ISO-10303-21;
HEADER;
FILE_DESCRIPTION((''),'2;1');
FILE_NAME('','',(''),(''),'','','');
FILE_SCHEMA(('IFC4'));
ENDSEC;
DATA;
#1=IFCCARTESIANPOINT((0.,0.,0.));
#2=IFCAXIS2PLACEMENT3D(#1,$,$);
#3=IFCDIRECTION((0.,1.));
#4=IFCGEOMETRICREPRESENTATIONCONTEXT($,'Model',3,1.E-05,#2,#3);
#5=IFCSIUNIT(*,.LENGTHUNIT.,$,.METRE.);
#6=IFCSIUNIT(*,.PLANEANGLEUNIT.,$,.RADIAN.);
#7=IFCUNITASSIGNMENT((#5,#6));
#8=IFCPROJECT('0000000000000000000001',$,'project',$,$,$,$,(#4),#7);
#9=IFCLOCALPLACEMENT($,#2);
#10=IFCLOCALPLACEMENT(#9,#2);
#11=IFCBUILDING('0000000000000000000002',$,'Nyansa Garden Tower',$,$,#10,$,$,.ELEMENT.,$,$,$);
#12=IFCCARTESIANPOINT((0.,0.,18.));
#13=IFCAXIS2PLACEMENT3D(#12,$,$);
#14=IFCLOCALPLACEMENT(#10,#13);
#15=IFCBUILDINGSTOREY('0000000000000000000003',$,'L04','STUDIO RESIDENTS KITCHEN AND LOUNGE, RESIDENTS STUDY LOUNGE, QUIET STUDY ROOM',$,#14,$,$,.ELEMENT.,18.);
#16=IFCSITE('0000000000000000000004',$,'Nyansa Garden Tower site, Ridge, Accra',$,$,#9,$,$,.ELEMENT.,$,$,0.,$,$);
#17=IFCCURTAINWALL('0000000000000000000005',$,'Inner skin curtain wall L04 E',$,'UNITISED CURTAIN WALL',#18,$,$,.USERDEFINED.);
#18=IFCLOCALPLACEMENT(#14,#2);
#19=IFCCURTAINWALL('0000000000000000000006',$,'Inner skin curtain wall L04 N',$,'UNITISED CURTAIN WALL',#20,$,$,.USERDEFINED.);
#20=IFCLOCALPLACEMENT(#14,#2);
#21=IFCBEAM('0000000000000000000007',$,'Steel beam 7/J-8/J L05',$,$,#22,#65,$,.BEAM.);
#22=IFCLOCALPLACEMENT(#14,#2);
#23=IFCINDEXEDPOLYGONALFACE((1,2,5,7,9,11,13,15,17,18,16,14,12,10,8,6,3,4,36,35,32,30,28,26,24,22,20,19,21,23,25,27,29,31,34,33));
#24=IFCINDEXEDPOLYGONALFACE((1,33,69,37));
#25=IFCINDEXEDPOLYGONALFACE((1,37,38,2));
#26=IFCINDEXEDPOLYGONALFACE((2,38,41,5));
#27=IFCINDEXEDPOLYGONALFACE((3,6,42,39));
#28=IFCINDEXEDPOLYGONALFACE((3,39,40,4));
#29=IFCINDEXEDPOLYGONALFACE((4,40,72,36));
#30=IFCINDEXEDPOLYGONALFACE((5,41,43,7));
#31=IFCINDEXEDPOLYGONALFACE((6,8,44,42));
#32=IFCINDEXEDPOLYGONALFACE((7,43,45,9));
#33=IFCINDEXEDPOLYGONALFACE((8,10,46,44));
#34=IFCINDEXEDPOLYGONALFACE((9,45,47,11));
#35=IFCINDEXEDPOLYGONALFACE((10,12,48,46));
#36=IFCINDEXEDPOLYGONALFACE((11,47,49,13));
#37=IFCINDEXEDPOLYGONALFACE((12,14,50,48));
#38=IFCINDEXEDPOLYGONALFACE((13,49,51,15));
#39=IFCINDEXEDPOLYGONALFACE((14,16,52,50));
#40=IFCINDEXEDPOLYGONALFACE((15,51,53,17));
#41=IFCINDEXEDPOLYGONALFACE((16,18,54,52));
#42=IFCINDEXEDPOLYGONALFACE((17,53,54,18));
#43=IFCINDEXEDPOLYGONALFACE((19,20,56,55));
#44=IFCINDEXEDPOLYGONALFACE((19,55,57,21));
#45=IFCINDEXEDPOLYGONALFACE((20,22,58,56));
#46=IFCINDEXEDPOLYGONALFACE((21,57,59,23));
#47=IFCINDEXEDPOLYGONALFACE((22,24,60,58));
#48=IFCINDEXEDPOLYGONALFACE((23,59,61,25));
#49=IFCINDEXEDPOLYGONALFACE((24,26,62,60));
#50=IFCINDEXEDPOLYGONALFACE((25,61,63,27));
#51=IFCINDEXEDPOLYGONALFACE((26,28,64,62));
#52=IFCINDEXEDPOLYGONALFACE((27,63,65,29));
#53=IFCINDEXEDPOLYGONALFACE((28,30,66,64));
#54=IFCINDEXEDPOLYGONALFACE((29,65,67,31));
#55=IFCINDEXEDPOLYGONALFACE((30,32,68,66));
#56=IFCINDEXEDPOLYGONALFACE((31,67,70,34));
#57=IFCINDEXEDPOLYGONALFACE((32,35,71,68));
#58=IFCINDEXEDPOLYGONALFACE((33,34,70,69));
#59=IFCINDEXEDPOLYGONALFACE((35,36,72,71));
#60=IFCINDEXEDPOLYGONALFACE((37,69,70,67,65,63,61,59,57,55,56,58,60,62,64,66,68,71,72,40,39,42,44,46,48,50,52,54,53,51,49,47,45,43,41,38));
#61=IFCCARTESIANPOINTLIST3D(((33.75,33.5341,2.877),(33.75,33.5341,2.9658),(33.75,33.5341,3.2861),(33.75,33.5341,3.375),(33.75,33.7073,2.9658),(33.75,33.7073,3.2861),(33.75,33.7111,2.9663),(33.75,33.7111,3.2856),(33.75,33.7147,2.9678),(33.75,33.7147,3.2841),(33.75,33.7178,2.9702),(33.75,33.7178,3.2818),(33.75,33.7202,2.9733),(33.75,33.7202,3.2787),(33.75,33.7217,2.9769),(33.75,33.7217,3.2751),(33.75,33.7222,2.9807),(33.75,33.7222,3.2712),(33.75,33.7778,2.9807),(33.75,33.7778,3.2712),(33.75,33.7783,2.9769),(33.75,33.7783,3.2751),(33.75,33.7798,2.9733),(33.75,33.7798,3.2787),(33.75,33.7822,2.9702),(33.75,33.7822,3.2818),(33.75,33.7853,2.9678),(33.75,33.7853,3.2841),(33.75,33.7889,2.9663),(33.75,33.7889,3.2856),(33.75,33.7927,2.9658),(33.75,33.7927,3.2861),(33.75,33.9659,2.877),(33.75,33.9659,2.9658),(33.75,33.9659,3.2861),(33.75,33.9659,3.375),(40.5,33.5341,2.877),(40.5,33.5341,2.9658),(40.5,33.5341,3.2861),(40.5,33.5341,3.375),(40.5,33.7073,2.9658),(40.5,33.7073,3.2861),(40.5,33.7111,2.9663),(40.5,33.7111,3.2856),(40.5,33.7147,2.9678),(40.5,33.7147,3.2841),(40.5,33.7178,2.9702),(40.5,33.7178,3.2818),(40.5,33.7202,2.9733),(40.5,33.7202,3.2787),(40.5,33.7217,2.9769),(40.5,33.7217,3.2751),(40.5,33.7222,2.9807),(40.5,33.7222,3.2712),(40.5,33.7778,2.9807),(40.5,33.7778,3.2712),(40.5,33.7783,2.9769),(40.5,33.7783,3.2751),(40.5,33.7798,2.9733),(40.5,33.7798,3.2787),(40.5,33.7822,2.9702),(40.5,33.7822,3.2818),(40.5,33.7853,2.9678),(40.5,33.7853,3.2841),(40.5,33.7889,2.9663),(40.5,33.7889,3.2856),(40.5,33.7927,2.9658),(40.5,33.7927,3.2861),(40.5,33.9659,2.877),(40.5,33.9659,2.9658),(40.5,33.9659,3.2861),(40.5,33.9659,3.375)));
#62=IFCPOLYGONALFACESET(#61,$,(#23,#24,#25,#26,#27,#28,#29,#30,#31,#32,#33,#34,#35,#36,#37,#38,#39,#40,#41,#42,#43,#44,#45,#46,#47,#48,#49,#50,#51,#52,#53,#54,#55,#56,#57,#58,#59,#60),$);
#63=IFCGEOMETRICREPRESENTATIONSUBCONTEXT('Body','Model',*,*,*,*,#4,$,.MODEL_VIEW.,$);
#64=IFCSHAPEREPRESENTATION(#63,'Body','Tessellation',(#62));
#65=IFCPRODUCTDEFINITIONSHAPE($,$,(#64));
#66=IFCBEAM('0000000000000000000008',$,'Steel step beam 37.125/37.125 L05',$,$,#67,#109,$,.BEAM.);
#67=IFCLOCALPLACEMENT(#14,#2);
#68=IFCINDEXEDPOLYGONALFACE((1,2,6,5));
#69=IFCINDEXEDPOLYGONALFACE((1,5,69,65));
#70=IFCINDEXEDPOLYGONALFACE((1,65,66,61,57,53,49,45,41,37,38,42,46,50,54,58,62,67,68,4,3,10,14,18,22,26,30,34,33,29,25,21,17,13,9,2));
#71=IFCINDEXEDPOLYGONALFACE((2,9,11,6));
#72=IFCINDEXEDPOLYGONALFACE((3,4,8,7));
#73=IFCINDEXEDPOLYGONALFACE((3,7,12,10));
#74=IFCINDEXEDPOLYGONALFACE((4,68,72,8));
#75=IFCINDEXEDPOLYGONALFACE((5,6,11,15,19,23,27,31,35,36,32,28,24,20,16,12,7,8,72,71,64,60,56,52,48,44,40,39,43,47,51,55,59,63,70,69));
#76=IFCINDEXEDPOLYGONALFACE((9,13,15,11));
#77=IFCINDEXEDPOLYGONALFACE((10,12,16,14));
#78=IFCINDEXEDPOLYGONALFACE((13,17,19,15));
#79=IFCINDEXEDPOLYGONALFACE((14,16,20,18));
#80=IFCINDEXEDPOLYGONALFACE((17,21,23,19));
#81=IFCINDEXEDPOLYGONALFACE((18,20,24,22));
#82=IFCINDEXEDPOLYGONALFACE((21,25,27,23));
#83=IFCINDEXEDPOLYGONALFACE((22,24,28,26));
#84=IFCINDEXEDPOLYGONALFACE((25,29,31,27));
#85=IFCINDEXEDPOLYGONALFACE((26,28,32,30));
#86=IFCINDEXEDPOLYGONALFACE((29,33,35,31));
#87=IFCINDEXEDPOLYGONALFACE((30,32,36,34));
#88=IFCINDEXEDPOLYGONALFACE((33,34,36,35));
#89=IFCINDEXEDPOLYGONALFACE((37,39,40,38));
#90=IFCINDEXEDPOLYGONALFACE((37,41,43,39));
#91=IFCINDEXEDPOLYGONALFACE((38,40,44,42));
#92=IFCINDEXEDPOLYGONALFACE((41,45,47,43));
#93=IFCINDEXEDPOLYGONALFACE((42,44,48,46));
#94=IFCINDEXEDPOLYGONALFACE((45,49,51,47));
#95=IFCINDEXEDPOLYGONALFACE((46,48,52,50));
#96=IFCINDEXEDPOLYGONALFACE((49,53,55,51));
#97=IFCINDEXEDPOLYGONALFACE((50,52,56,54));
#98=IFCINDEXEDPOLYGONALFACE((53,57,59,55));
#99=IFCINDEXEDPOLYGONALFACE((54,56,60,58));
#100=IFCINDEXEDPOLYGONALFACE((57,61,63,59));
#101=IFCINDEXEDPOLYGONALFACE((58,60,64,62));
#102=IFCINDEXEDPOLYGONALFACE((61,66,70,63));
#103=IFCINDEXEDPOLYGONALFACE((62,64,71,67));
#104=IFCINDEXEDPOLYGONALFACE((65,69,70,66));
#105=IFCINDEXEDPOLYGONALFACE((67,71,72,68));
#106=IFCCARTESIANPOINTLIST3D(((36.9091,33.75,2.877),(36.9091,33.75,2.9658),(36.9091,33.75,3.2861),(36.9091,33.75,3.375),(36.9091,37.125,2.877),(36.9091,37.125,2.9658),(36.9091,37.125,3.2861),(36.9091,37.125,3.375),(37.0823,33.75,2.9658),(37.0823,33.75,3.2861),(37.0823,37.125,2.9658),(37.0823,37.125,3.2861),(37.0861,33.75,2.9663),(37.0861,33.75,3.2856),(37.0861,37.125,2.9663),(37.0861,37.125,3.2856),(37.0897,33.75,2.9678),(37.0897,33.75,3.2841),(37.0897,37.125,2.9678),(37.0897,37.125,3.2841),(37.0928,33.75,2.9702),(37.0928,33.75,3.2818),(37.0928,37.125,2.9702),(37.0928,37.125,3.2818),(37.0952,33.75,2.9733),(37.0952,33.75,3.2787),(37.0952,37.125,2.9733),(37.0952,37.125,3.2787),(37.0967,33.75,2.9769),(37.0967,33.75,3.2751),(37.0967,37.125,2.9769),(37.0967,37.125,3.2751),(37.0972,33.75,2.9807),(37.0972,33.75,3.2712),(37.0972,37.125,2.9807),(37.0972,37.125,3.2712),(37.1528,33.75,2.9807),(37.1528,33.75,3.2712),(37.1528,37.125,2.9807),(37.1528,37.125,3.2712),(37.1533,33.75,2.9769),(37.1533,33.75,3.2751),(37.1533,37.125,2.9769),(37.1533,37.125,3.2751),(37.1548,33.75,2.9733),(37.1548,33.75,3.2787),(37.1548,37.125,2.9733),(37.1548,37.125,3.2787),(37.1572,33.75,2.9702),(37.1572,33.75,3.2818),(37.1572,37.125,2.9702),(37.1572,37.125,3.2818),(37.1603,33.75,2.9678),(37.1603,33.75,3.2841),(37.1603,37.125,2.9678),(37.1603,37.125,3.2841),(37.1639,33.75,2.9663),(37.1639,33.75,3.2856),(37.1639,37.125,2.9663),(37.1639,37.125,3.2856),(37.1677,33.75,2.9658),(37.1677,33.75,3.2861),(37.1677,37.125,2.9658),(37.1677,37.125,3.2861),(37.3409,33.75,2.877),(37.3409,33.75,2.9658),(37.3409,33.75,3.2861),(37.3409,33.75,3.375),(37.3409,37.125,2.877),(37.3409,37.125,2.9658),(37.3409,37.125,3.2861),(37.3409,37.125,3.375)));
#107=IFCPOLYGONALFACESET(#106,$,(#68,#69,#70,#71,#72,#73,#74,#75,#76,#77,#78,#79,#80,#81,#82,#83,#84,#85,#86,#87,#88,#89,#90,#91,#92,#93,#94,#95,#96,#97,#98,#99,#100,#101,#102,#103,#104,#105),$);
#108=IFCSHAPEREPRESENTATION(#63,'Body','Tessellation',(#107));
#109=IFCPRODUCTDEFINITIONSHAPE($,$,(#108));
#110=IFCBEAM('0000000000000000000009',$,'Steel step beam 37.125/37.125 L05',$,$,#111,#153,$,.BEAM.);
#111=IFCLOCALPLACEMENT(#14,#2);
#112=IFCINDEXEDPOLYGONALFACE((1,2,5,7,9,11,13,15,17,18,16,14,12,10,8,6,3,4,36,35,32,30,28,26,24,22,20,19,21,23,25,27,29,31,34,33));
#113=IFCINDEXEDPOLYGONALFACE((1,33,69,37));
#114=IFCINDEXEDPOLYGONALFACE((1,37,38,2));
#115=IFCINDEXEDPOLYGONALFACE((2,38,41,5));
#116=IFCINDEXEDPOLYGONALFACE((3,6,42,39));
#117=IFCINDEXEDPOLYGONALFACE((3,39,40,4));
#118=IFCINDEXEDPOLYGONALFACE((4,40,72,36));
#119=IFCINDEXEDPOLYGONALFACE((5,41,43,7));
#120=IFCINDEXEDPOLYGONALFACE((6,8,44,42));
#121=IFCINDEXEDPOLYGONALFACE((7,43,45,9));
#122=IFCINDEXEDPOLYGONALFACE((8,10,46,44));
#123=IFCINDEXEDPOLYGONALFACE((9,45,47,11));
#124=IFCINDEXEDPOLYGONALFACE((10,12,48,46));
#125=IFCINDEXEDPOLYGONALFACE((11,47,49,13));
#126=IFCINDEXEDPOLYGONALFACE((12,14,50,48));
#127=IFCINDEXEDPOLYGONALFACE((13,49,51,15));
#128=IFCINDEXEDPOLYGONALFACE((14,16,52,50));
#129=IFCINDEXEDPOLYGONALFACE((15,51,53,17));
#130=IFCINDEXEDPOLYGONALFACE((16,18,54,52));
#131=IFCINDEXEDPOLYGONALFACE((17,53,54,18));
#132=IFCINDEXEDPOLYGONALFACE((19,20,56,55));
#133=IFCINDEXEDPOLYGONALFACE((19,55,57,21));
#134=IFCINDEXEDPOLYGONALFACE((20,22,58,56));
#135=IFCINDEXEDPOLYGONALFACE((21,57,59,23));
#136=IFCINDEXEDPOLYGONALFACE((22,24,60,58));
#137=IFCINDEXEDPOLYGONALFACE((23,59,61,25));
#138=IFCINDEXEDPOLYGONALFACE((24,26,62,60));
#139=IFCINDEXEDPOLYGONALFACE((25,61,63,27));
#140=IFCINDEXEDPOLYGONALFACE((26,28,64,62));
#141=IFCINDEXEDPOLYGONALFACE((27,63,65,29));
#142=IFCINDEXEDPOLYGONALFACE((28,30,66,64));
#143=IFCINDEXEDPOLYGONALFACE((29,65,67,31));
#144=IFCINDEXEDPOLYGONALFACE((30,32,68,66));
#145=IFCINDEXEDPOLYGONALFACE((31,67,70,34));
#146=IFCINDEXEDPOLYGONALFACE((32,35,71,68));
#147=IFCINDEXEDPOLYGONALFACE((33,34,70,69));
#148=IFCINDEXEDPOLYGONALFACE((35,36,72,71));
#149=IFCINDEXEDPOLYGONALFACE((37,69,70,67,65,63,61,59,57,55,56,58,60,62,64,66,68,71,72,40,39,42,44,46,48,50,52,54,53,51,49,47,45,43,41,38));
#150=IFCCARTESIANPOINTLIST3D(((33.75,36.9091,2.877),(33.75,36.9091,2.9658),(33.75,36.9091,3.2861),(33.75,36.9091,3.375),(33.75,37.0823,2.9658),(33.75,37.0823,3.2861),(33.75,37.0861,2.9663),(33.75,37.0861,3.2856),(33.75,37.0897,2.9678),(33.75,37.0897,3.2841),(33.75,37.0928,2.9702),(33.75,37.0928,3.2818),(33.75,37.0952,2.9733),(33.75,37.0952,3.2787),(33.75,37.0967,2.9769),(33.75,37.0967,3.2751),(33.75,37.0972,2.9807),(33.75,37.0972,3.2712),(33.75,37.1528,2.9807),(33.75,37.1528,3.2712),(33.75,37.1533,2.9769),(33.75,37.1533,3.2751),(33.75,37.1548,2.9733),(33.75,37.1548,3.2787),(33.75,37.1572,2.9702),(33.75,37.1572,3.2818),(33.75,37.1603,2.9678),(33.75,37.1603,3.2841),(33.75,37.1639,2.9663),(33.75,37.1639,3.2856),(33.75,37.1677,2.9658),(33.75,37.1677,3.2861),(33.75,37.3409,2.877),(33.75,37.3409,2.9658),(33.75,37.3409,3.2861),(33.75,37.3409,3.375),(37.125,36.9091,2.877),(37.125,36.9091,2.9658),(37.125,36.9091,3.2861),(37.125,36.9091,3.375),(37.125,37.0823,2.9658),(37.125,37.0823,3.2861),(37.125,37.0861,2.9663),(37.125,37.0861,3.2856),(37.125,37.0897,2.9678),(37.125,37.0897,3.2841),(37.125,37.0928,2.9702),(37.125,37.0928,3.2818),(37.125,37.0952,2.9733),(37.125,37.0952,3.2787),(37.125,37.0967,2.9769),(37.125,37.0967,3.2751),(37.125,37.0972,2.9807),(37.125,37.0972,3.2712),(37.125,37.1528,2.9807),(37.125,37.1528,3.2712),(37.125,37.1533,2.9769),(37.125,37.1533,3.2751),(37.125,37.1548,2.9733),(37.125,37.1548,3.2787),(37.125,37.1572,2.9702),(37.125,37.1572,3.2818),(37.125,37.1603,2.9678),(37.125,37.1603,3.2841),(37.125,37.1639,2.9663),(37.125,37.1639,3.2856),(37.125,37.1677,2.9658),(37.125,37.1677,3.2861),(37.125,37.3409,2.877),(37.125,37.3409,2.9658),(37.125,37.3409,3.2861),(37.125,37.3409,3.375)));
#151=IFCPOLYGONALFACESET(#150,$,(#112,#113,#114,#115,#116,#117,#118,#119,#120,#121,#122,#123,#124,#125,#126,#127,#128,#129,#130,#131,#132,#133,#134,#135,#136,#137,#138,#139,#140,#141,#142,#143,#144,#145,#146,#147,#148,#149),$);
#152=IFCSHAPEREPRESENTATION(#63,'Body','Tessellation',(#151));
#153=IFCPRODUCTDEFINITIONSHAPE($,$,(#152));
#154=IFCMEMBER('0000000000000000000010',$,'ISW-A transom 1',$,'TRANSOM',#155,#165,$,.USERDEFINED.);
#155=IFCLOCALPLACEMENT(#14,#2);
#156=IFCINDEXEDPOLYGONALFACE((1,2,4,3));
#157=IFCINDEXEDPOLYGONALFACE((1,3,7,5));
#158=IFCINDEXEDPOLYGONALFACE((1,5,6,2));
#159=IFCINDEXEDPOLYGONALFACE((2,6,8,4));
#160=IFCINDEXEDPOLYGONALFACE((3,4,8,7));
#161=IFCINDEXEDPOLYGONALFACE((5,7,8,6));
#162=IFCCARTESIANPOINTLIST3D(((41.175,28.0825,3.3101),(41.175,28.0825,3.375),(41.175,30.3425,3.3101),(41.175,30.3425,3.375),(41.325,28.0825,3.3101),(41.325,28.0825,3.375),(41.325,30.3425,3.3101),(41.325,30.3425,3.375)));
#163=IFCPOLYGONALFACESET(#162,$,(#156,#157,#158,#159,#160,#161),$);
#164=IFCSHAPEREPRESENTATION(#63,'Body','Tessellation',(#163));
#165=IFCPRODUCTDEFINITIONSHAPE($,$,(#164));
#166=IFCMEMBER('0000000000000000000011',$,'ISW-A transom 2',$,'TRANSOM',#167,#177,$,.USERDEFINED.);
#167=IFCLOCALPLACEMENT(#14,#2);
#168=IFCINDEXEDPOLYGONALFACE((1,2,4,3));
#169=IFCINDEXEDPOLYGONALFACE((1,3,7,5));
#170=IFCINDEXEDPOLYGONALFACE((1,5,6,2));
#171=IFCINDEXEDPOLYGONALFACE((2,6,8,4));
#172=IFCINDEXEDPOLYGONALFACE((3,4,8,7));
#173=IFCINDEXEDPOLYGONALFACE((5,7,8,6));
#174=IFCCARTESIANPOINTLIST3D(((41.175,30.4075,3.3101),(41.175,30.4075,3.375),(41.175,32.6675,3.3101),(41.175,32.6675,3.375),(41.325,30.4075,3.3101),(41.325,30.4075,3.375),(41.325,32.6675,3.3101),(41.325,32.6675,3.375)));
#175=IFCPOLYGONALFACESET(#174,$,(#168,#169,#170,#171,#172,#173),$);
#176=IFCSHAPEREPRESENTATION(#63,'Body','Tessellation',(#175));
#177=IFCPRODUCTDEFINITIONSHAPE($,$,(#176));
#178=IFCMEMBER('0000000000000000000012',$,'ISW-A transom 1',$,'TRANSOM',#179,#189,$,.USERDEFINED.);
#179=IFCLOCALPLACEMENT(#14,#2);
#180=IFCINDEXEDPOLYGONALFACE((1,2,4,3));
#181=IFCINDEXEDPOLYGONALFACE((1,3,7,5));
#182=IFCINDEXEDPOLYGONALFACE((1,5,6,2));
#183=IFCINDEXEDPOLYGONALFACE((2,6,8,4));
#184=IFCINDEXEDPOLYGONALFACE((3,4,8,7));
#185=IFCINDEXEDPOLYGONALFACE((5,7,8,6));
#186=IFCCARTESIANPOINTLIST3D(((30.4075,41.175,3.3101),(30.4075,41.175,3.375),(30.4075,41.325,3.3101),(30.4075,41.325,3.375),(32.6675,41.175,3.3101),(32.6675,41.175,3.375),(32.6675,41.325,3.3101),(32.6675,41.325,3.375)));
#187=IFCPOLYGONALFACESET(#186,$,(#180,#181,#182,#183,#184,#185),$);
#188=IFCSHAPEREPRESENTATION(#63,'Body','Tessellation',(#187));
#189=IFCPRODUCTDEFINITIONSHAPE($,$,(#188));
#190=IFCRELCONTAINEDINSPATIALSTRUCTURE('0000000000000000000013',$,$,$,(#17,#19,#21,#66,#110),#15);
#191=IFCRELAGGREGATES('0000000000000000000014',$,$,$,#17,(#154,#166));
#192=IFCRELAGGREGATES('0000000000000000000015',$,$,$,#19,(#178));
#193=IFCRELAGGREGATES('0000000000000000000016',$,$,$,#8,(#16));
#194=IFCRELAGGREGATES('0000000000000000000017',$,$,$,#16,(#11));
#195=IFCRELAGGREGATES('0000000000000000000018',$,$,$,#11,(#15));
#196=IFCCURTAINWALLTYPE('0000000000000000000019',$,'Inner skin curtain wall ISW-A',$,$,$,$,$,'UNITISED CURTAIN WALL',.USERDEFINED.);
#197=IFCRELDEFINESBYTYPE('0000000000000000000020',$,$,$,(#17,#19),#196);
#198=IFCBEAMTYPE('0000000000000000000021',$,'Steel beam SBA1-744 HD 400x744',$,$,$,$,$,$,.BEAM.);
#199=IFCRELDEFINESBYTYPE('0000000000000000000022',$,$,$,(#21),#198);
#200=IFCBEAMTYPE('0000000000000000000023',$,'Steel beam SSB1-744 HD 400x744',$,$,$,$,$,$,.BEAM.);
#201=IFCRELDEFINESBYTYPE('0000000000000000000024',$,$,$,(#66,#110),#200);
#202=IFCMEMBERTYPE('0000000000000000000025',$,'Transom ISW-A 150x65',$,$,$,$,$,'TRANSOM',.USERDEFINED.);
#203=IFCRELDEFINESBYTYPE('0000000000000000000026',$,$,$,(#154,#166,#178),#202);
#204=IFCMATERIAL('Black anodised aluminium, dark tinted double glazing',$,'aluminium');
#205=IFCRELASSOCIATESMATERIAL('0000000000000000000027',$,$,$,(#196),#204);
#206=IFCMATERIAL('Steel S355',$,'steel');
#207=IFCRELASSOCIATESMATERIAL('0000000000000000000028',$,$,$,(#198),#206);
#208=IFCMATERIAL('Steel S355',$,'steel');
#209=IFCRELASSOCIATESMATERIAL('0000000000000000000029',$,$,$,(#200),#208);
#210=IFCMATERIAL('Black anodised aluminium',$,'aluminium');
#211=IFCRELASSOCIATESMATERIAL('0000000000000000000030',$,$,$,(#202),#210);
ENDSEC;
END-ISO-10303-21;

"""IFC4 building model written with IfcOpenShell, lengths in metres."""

from ifc_helpers import new_model, si_unit, direction, frame, origin, origin_2d, place, context, subcontext, project, spatial, rectangle, i_section, extrude, material, material_profile, profile_set, type_object, element, aggregate, save


model = new_model("IFC4")

# Units and contexts
model_context = context("Model", 3, precision=1e-05, world=origin(), true_north=direction((0.0, 1.0)))
body_context = subcontext(model_context, "Body", "Model", "MODEL_VIEW")
ifc_project = project(units=[si_unit("LENGTHUNIT", "METRE"), si_unit("PLANEANGLEUNIT", "RADIAN")], contexts=[model_context])

# Site, building, storey
site_placement = place(None, origin())
site = spatial("IfcSite", under=ifc_project, at=site_placement, Name="Nyansa Garden Tower site, Ridge, Accra", CompositionType="ELEMENT", RefElevation=0.0)
building_placement = place(site_placement, origin())
building = spatial("IfcBuilding", under=site, at=building_placement, Name="Nyansa Garden Tower", CompositionType="ELEMENT")
storey_placement = place(building_placement, frame((0.0, 0.0, 18.0)))
storey = spatial("IfcBuildingStorey", under=building, at=storey_placement, Name="L04", Description="STUDIO RESIDENTS KITCHEN AND LOUNGE, RESIDENTS STUDY LOUNGE, QUIET STUDY ROOM", CompositionType="ELEMENT", Elevation=18.0)

# Curtain wall
ifc_material_1 = material(Name="Black anodised aluminium, dark tinted double glazing", Category="aluminium")
curtain_wall_type = type_object("IfcCurtainWallType", Name="Inner skin curtain wall ISW-A", ElementType="UNITISED CURTAIN WALL", PredefinedType="USERDEFINED", material=ifc_material_1)
curtain_wall_1_placement = place(storey_placement, origin())
curtain_wall_1 = element("IfcCurtainWall", 1, at=curtain_wall_1_placement, inside=storey, type_object=curtain_wall_type, Name="Inner skin curtain wall L04 E", ObjectType="UNITISED CURTAIN WALL", PredefinedType="USERDEFINED")

# Curtain wall
curtain_wall_2_placement = place(storey_placement, origin())
curtain_wall_2 = element("IfcCurtainWall", 2, at=curtain_wall_2_placement, inside=storey, type_object=curtain_wall_type, Name="Inner skin curtain wall L04 N", ObjectType="UNITISED CURTAIN WALL", PredefinedType="USERDEFINED")

# Beams
ifc_material_2 = material(Name="Steel S355", Category="steel")
ifc_material_profile_1 = material_profile(ifc_material_2, i_section(OverallWidth=0.4319, OverallDepth=0.498, WebThickness=0.0557, FlangeThickness=0.0889, FilletRadius=0.0149, at=origin_2d()), Name="HD 400x744")
ifc_profile_set_1 = profile_set([ifc_material_profile_1], Name="Steel S355")
beam_type_1 = type_object("IfcBeamType", Name="Steel beam SBA1-744 HD 400x744", PredefinedType="BEAM", material=ifc_profile_set_1)
for number, where, z_axis, x_axis, name in (
    (3, (33.75, 33.75, 3.126), (1.0, 0.0, 0.0), (0.0, 1.0, 0.0), "Steel beam 7/J-8/J L05"),
):
    element("IfcBeam", number, at=place(storey_placement, frame(where, z_axis=z_axis, x_axis=x_axis)), inside=storey, type_object=beam_type_1, Name=name, PredefinedType="BEAM", context=body_context, shape_type="SweptSolid", body=[
        extrude(i_section(OverallWidth=0.4319, OverallDepth=0.498, WebThickness=0.0557, FlangeThickness=0.0889, FilletRadius=0.0149, at=origin_2d()), origin(), (0.0, 0.0, 1.0), 6.75),
    ])
ifc_material_3 = material(Name="Steel S355", Category="steel")
ifc_material_profile_2 = material_profile(ifc_material_3, i_section(OverallWidth=0.4319, OverallDepth=0.498, WebThickness=0.0557, FlangeThickness=0.0889, FilletRadius=0.0149, at=origin_2d()), Name="HD 400x744")
ifc_profile_set_2 = profile_set([ifc_material_profile_2], Name="Steel S355")
beam_type_2 = type_object("IfcBeamType", Name="Steel beam SSB1-744 HD 400x744", PredefinedType="BEAM", material=ifc_profile_set_2)
for number, where, z_axis, x_axis, name in (
    (4, (37.125, 37.125, 3.126), (0.0, -1.0, 0.0), (1.0, 0.0, 0.0), "Steel step beam 37.125/37.125 L05"),
    (5, (37.125, 37.125, 3.126), (-1.0, 0.0, 0.0), (0.0, -1.0, 0.0), "Steel step beam 37.125/37.125 L05"),
):
    element("IfcBeam", number, at=place(storey_placement, frame(where, z_axis=z_axis, x_axis=x_axis)), inside=storey, type_object=beam_type_2, Name=name, PredefinedType="BEAM", context=body_context, shape_type="SweptSolid", body=[
        extrude(i_section(OverallWidth=0.4319, OverallDepth=0.498, WebThickness=0.0557, FlangeThickness=0.0889, FilletRadius=0.0149, at=origin_2d()), origin(), (0.0, 0.0, 1.0), 3.375),
    ])

# Members
ifc_material_4 = material(Name="Black anodised aluminium", Category="aluminium")
ifc_material_profile_3 = material_profile(ifc_material_4, rectangle(XDim=0.1499, YDim=0.0649, at=origin_2d()), Name="Transom 150x65")
ifc_profile_set_3 = profile_set([ifc_material_profile_3], Name="Black anodised aluminium")
member_type_1 = type_object("IfcMemberType", Name="Transom ISW-A 150x65", ElementType="TRANSOM", PredefinedType="USERDEFINED", material=ifc_profile_set_3)
member_1_placement = place(storey_placement, frame((41.25, 28.0825, 3.3425), z_axis=(0.0, 1.0, 0.0), x_axis=(-1.0, 0.0, 0.0)))
member_1 = element("IfcMember", 6, at=member_1_placement, type_object=member_type_1, Name="ISW-A transom 1", ObjectType="TRANSOM", PredefinedType="USERDEFINED", context=body_context, shape_type="SweptSolid", body=[
    extrude(rectangle(XDim=0.1499, YDim=0.0649, at=origin_2d()), origin(), (0.0, 0.0, 1.0), 2.26),
])
member_2_placement = place(storey_placement, frame((41.25, 30.4075, 3.3425), z_axis=(0.0, 1.0, 0.0), x_axis=(-1.0, 0.0, 0.0)))
member_2 = element("IfcMember", 7, at=member_2_placement, type_object=member_type_1, Name="ISW-A transom 2", ObjectType="TRANSOM", PredefinedType="USERDEFINED", context=body_context, shape_type="SweptSolid", body=[
    extrude(rectangle(XDim=0.1499, YDim=0.0649, at=origin_2d()), origin(), (0.0, 0.0, 1.0), 2.26),
])
member_3_placement = place(storey_placement, frame((32.6675, 41.25, 3.3425), z_axis=(-1.0, 0.0, 0.0), x_axis=(0.0, -1.0, 0.0)))
member_3 = element("IfcMember", 8, at=member_3_placement, type_object=member_type_1, Name="ISW-A transom 1", ObjectType="TRANSOM", PredefinedType="USERDEFINED", context=body_context, shape_type="SweptSolid", body=[
    extrude(rectangle(XDim=0.1499, YDim=0.0649, at=origin_2d()), origin(), (0.0, 0.0, 1.0), 2.26),
])

aggregate(curtain_wall_1, [member_1, member_2])
aggregate(curtain_wall_2, [member_3])

save(model, "model.ifc")
